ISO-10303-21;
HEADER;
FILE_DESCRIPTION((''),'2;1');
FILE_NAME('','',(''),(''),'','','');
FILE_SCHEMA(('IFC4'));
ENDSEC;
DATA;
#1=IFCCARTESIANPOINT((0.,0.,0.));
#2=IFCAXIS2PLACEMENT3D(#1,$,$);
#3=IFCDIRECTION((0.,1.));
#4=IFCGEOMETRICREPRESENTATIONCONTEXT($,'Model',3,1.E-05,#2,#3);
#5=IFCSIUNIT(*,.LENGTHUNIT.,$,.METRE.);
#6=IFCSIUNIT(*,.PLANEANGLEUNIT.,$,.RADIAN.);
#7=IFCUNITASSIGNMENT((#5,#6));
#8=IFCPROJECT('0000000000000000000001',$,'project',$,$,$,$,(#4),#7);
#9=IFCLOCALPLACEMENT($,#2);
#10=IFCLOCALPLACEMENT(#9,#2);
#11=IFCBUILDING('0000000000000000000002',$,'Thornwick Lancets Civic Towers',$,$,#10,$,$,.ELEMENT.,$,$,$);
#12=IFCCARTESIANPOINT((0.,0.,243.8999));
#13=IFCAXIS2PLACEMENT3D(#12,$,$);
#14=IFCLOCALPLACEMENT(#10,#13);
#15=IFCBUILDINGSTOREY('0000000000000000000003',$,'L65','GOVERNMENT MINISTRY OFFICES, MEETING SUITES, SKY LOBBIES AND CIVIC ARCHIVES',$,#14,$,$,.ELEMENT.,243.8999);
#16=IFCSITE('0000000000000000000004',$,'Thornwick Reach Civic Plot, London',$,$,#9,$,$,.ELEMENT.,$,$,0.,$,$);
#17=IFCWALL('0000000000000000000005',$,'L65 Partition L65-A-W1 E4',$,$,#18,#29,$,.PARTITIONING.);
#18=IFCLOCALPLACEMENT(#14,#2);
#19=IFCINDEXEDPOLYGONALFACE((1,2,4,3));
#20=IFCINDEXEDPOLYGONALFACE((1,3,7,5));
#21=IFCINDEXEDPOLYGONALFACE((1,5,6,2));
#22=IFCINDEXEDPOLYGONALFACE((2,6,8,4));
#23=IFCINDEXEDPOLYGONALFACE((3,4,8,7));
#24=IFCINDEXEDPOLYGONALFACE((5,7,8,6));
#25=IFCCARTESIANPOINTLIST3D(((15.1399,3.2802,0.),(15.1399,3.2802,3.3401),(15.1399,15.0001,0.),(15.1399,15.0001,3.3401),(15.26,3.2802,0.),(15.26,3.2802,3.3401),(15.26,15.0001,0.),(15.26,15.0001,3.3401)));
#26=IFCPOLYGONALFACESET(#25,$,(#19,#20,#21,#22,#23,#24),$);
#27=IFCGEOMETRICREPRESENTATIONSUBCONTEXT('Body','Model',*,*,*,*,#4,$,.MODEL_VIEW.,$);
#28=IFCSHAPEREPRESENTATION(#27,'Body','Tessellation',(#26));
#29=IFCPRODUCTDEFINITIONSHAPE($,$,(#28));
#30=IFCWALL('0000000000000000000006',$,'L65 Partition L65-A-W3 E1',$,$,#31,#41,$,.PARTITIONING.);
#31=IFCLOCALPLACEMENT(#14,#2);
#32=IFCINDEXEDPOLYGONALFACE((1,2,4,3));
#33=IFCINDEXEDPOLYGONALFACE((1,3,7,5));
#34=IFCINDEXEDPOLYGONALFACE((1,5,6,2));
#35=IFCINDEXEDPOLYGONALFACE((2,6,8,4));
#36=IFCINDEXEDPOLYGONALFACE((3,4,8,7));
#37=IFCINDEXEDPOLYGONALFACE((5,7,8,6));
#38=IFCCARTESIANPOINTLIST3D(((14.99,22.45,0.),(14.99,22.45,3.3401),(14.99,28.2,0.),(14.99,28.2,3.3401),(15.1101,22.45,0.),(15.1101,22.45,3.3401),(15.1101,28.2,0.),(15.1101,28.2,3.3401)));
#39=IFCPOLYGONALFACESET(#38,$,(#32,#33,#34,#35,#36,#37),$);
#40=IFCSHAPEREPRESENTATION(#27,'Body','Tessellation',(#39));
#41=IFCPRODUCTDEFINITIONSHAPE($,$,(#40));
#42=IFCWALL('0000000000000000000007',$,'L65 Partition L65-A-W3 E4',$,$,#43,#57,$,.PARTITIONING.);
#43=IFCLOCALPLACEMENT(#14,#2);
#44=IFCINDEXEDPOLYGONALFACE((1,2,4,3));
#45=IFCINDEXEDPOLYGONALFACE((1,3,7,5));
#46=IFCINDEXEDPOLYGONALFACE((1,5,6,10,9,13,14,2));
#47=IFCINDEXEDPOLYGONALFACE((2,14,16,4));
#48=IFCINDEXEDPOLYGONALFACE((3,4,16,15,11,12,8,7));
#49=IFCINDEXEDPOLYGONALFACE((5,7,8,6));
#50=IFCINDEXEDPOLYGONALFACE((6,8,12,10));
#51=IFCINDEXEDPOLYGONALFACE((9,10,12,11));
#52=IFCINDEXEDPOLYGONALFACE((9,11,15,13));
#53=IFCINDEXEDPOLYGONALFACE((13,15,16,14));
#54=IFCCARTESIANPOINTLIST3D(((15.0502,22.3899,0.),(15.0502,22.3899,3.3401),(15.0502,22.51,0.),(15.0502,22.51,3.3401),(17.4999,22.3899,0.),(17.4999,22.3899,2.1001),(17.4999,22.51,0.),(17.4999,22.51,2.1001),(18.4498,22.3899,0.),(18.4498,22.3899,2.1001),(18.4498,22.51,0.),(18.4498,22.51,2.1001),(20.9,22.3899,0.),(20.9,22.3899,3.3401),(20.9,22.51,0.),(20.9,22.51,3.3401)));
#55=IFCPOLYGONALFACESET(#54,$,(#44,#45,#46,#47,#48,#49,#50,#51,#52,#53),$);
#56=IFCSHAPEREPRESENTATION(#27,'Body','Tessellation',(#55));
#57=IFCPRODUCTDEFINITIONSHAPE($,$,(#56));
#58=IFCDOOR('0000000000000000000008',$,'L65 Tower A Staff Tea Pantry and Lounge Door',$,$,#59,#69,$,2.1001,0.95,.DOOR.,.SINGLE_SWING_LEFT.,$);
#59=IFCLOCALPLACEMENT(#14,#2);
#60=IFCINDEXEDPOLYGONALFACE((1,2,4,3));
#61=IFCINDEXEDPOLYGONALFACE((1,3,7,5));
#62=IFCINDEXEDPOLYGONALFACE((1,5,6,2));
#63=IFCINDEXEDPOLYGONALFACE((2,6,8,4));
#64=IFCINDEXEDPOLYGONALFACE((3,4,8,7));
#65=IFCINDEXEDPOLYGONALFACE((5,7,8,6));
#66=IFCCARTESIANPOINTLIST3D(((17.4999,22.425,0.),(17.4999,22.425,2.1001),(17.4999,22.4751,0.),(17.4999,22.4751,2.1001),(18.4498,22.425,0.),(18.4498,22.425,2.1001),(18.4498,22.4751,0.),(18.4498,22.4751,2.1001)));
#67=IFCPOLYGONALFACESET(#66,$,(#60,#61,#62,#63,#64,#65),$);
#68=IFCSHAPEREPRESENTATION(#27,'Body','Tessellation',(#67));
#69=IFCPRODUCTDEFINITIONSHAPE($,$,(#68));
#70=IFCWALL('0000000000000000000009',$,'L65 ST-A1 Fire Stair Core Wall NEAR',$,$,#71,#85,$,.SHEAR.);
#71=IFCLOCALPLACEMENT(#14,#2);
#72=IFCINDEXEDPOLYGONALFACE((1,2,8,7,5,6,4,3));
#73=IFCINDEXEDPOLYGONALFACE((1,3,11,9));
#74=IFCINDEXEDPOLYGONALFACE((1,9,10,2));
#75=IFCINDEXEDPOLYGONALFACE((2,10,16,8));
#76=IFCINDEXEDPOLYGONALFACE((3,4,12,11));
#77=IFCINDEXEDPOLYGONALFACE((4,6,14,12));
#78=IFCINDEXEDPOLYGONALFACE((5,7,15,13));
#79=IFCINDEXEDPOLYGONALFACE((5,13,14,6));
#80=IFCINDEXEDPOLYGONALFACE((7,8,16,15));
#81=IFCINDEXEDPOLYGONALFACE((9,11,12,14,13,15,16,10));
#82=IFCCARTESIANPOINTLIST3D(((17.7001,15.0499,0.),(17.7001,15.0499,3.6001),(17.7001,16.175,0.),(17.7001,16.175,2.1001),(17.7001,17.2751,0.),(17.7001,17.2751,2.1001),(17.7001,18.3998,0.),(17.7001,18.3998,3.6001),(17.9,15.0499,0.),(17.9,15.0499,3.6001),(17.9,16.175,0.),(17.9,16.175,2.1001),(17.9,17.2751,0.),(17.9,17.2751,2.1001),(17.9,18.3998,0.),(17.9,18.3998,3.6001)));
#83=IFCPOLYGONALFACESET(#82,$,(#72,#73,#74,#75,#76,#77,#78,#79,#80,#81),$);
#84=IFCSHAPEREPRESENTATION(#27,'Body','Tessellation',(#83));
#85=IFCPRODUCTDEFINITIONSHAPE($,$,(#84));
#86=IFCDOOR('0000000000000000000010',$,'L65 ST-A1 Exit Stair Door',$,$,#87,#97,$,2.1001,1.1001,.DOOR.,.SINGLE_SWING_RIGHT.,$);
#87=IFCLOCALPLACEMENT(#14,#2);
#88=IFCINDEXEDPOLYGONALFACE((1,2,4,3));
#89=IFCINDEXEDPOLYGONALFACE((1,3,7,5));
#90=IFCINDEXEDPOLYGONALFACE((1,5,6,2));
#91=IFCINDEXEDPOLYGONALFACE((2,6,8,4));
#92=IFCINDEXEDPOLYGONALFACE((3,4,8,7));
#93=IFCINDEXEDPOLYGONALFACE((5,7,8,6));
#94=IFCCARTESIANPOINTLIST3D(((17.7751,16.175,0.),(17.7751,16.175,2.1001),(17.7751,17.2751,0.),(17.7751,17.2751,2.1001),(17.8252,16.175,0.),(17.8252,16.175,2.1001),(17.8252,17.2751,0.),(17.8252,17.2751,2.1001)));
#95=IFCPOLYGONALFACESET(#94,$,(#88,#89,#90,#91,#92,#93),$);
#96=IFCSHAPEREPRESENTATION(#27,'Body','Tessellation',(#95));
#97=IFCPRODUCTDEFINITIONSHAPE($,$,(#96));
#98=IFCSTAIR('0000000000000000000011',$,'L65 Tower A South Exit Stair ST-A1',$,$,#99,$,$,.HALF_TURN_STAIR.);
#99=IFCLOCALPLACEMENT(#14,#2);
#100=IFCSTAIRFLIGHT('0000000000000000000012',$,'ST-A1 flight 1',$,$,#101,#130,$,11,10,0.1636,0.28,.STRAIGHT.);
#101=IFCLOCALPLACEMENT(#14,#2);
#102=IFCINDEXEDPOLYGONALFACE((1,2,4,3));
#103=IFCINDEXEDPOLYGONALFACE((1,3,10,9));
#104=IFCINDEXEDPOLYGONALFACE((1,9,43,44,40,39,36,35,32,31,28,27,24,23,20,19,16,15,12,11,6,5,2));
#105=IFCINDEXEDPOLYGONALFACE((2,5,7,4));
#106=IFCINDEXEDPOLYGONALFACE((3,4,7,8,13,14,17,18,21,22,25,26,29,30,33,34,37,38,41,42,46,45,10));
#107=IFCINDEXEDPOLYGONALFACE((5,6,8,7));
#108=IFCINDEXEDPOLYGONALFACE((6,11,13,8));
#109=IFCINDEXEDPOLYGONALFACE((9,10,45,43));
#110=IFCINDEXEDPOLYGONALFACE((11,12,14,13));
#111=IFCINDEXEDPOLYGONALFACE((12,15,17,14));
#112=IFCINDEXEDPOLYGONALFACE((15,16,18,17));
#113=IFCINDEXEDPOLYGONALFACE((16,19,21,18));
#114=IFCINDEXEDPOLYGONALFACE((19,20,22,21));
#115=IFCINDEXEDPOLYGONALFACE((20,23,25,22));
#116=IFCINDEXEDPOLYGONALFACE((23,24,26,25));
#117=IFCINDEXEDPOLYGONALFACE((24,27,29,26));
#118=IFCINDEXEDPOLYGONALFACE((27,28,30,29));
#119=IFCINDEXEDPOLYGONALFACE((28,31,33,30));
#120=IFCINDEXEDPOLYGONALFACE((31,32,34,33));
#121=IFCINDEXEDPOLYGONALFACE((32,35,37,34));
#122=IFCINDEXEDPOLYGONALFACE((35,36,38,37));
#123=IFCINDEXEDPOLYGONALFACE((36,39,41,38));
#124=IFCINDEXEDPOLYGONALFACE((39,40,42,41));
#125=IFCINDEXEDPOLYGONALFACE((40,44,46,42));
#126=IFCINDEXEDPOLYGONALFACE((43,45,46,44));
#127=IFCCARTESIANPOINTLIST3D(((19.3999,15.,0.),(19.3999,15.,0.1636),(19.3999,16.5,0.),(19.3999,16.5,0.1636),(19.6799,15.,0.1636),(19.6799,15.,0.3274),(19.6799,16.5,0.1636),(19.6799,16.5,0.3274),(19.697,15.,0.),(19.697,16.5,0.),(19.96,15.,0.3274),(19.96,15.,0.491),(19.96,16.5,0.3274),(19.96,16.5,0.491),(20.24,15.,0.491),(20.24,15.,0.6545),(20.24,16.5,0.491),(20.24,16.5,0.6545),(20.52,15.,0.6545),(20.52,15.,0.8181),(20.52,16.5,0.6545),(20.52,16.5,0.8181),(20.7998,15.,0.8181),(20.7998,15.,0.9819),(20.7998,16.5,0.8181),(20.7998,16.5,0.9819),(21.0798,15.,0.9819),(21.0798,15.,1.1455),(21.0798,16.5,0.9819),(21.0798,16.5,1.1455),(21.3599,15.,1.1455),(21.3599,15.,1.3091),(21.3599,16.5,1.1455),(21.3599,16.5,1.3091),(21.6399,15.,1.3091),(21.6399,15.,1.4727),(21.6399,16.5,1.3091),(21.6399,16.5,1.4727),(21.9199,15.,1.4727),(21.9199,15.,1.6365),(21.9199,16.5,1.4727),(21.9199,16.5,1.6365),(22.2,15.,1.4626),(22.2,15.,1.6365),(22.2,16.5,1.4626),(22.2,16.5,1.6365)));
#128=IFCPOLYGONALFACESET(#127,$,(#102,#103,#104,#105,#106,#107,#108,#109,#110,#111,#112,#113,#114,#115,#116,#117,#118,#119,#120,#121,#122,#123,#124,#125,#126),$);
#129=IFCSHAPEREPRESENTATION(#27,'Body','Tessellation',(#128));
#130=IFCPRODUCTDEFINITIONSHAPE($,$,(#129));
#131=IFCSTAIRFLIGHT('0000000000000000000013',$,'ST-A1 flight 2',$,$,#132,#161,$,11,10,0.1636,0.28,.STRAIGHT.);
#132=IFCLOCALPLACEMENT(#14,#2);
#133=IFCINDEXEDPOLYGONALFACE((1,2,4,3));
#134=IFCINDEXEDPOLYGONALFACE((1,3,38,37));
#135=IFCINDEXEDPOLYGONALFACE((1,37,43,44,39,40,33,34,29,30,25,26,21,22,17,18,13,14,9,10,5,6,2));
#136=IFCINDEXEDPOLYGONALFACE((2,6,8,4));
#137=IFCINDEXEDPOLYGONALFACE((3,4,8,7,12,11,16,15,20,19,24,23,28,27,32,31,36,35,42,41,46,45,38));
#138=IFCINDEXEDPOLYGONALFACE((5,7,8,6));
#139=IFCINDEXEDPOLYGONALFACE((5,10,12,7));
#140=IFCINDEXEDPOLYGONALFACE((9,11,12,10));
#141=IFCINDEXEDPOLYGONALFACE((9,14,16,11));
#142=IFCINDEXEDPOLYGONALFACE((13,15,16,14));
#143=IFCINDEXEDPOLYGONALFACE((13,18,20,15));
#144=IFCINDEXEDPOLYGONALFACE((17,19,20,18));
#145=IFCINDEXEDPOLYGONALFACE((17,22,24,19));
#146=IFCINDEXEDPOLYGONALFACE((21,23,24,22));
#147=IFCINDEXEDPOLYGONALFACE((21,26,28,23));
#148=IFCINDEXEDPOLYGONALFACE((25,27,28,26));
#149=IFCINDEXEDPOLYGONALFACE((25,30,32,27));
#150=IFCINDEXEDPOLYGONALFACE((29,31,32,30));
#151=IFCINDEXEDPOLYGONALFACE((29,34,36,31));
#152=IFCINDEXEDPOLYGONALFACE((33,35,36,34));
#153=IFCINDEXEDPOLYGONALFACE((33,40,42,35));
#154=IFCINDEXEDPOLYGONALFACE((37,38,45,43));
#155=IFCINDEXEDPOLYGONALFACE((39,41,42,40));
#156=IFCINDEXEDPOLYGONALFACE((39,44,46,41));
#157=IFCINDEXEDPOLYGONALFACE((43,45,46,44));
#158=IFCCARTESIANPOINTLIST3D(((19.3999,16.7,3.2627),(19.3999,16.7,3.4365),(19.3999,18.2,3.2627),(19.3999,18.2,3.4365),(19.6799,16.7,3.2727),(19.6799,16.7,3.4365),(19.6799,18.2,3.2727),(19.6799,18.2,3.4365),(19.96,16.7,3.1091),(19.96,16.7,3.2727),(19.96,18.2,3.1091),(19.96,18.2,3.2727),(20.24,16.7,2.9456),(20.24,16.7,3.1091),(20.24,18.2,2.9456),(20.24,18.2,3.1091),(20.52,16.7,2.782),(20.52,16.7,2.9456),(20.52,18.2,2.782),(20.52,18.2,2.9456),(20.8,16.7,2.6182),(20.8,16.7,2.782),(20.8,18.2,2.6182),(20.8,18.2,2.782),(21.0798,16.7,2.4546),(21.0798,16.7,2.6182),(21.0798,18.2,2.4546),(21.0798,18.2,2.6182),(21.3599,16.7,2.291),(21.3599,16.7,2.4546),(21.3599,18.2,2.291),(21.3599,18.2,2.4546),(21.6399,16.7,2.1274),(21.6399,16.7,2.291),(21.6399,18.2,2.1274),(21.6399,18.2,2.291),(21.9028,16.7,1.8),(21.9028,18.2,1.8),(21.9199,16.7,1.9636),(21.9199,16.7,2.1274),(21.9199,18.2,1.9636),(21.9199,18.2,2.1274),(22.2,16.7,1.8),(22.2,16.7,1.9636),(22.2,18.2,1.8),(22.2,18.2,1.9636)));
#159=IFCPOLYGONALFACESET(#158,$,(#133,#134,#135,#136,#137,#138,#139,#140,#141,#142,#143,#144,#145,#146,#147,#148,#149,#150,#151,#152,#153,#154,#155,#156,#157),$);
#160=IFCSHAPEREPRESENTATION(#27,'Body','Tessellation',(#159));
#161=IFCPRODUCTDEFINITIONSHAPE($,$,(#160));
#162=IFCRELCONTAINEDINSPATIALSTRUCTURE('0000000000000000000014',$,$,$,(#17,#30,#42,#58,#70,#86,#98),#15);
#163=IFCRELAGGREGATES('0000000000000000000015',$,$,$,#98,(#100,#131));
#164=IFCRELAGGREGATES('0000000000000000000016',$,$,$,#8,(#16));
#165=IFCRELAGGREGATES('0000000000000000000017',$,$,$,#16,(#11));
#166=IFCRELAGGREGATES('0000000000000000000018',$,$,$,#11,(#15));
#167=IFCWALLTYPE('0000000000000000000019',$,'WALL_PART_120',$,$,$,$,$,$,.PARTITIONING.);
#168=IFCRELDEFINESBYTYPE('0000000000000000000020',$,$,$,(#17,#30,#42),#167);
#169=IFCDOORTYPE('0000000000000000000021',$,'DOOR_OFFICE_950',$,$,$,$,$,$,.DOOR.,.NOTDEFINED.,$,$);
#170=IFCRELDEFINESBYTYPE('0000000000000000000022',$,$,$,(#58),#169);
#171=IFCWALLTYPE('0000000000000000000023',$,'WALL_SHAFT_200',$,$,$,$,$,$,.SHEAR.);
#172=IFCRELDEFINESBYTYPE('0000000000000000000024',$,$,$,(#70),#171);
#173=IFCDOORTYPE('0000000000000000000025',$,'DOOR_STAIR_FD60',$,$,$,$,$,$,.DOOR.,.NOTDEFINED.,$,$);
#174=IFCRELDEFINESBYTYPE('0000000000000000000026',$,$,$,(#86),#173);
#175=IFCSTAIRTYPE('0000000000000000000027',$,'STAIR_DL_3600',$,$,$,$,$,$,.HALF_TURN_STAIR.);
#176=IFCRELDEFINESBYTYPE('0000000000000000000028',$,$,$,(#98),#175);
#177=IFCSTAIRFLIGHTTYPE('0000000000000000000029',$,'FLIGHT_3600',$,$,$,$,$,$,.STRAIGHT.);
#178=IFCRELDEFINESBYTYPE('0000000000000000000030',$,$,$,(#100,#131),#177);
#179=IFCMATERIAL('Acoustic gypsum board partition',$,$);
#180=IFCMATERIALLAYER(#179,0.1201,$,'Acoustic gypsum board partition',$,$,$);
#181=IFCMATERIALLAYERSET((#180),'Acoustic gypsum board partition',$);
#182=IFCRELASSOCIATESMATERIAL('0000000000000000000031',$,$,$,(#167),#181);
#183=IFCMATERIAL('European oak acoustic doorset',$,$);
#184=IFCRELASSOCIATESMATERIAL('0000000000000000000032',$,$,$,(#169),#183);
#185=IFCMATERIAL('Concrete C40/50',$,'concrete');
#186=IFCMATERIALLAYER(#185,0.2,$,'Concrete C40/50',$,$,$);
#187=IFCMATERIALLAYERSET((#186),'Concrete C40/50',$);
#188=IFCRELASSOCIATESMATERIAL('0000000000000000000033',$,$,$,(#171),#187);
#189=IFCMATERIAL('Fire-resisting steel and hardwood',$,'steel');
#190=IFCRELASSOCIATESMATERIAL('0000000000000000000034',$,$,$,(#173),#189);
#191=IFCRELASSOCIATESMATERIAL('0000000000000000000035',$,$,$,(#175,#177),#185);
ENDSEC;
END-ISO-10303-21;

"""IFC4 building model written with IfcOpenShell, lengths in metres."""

from ifc_helpers import new_model, si_unit, direction, frame, frame_2d, origin, place, context, subcontext, project, spatial, polyline, rectangle, outline, extrude, material, layer, layer_set, type_object, element, fill, aggregate, save


model = new_model("IFC4")

# Units and contexts
model_context = context("Model", 3, precision=1e-05, world=origin(), true_north=direction((0.0, 1.0)))
body_context = subcontext(model_context, "Body", "Model", "MODEL_VIEW")
ifc_project = project(units=[si_unit("LENGTHUNIT", "METRE"), si_unit("PLANEANGLEUNIT", "RADIAN")], contexts=[model_context])

# Site, building, storey
site_placement = place(None, origin())
site = spatial("IfcSite", under=ifc_project, at=site_placement, Name="Thornwick Reach Civic Plot, London", CompositionType="ELEMENT", RefElevation=0.0)
building_placement = place(site_placement, origin())
building = spatial("IfcBuilding", under=site, at=building_placement, Name="Thornwick Lancets Civic Towers", CompositionType="ELEMENT")
storey_placement = place(building_placement, frame((0.0, 0.0, 243.8999)))
storey = spatial("IfcBuildingStorey", under=building, at=storey_placement, Name="L65", Description="GOVERNMENT MINISTRY OFFICES, MEETING SUITES, SKY LOBBIES AND CIVIC ARCHIVES", CompositionType="ELEMENT", Elevation=243.8999)

# Walls
ifc_material_1 = material(Name="Acoustic gypsum board partition")
ifc_layer_1 = layer(ifc_material_1, 0.1201, Name="Acoustic gypsum board partition")
ifc_layer_set_1 = layer_set([ifc_layer_1], Name="Acoustic gypsum board partition")
wall_type_1 = type_object("IfcWallType", Name="WALL_PART_120", PredefinedType="PARTITIONING", material=ifc_layer_set_1)
wall_1_placement = place(storey_placement, frame((15.2, 15.0, 0.0), z_axis=(0.0, 0.0, 1.0), x_axis=(0.0, -1.0, 0.0)))
element("IfcWall", 1, at=wall_1_placement, inside=storey, type_object=wall_type_1, Name="L65 Partition L65-A-W1 E4", PredefinedType="PARTITIONING", context=body_context, shape_type="SweptSolid", body=[
    extrude(rectangle(XDim=11.72, YDim=0.1201, at=frame_2d((5.8599, 0.0))), origin(), (0.0, 0.0, 1.0), 3.3401),
])
wall_2_placement = place(storey_placement, frame((15.05, 22.45, 0.0), z_axis=(0.0, 0.0, 1.0), x_axis=(0.0, 1.0, 0.0)))
element("IfcWall", 2, at=wall_2_placement, inside=storey, type_object=wall_type_1, Name="L65 Partition L65-A-W3 E1", PredefinedType="PARTITIONING", context=body_context, shape_type="SweptSolid", body=[
    extrude(rectangle(XDim=5.75, YDim=0.1201, at=frame_2d((2.875, 0.0))), origin(), (0.0, 0.0, 1.0), 3.3401),
])

# Walls, openings, doors
wall_3_placement = place(storey_placement, frame((20.8999, 22.45, 0.0), z_axis=(0.0, 0.0, 1.0), x_axis=(-1.0, 0.0, 0.0)))
wall_3 = element("IfcWall", 3, at=wall_3_placement, inside=storey, type_object=wall_type_1, Name="L65 Partition L65-A-W3 E4", PredefinedType="PARTITIONING", context=body_context, shape_type="SweptSolid", body=[
    extrude(rectangle(XDim=5.8499, YDim=0.1201, at=frame_2d((2.9248, 0.0))), origin(), (0.0, 0.0, 1.0), 3.3401),
])
opening_1_placement = place(wall_3_placement, frame((2.45, 0.0, 0.0)))
opening_1 = element("IfcOpeningElement", 4, at=opening_1_placement, cuts=wall_3, PredefinedType="OPENING", context=body_context, shape_type="SweptSolid", body=[
    extrude(rectangle(XDim=0.95, YDim=2.1001, at=frame_2d((0.4751, 1.05))), frame((0.0, 0.0701, 0.0), z_axis=(0.0, -1.0, 0.0), x_axis=(1.0, 0.0, 0.0)), (0.0, 0.0, 1.0), 0.1401),
])
ifc_material_2 = material(Name="European oak acoustic doorset")
door_type_1 = type_object("IfcDoorType", Name="DOOR_OFFICE_950", OperationType="NOTDEFINED", PredefinedType="DOOR", material=ifc_material_2)
door_1_placement = place(opening_1_placement, origin())
door_1 = element("IfcDoor", 5, at=door_1_placement, inside=storey, type_object=door_type_1, Name="L65 Tower A Staff Tea Pantry and Lounge Door", OperationType="SINGLE_SWING_LEFT", OverallHeight=2.1001, OverallWidth=0.95, PredefinedType="DOOR", context=body_context, shape_type="SweptSolid", body=[
    extrude(rectangle(XDim=0.95, YDim=2.1001, at=frame_2d((0.4751, 1.05))), frame((0.0, 0.0249, 0.0), z_axis=(0.0, -1.0, 0.0), x_axis=(1.0, 0.0, 0.0)), (0.0, 0.0, 1.0), 0.05),
])
fill(opening_1, door_1)
ifc_material_3 = material(Name="Concrete C40/50", Category="concrete")
ifc_layer_2 = layer(ifc_material_3, 0.2, Name="Concrete C40/50")
ifc_layer_set_2 = layer_set([ifc_layer_2], Name="Concrete C40/50")
wall_type_2 = type_object("IfcWallType", Name="WALL_SHAFT_200", PredefinedType="SHEAR", material=ifc_layer_set_2)
wall_4_placement = place(storey_placement, frame((17.8, 15.05, 0.0), z_axis=(0.0, 0.0, 1.0), x_axis=(0.0, 1.0, 0.0)))
wall_4 = element("IfcWall", 6, at=wall_4_placement, inside=storey, type_object=wall_type_2, Name="L65 ST-A1 Fire Stair Core Wall NEAR", PredefinedType="SHEAR", context=body_context, shape_type="SweptSolid", body=[
    extrude(rectangle(XDim=3.3499, YDim=0.2, at=frame_2d((1.6748, 0.0))), origin(), (0.0, 0.0, 1.0), 3.6001),
])
opening_2_placement = place(wall_4_placement, frame((1.125, 0.0, 0.0)))
opening_2 = element("IfcOpeningElement", 7, at=opening_2_placement, cuts=wall_4, PredefinedType="OPENING", context=body_context, shape_type="SweptSolid", body=[
    extrude(rectangle(XDim=1.1001, YDim=2.1001, at=frame_2d((0.55, 1.05))), frame((0.0, 0.1099, 0.0), z_axis=(0.0, -1.0, 0.0), x_axis=(1.0, 0.0, 0.0)), (0.0, 0.0, 1.0), 0.22),
])
ifc_material_4 = material(Name="Fire-resisting steel and hardwood", Category="steel")
door_type_2 = type_object("IfcDoorType", Name="DOOR_STAIR_FD60", OperationType="NOTDEFINED", PredefinedType="DOOR", material=ifc_material_4)
door_2_placement = place(opening_2_placement, origin())
door_2 = element("IfcDoor", 8, at=door_2_placement, inside=storey, type_object=door_type_2, Name="L65 ST-A1 Exit Stair Door", OperationType="SINGLE_SWING_RIGHT", OverallHeight=2.1001, OverallWidth=1.1001, PredefinedType="DOOR", context=body_context, shape_type="SweptSolid", body=[
    extrude(rectangle(XDim=1.1001, YDim=2.1001, at=frame_2d((0.55, 1.05))), frame((0.0, 0.0249, 0.0), z_axis=(0.0, -1.0, 0.0), x_axis=(1.0, 0.0, 0.0)), (0.0, 0.0, 1.0), 0.05),
])
fill(opening_2, door_2)

# Stair, stair flights
stair_type = type_object("IfcStairType", Name="STAIR_DL_3600", PredefinedType="HALF_TURN_STAIR", material=ifc_material_3)
stair_placement = place(storey_placement, origin())
stair = element("IfcStair", 9, at=stair_placement, inside=storey, type_object=stair_type, Name="L65 Tower A South Exit Stair ST-A1", PredefinedType="HALF_TURN_STAIR")
stair_flight_type = type_object("IfcStairFlightType", Name="FLIGHT_3600", PredefinedType="STRAIGHT", material=ifc_material_3)
stair_flight_1_placement = place(storey_placement, frame((19.3999, 15.75, 0.0), z_axis=(0.0, 0.0, 1.0), x_axis=(1.0, 0.0, 0.0)))
stair_flight_1 = element("IfcStairFlight", 10, at=stair_flight_1_placement, type_object=stair_flight_type, Name="ST-A1 flight 1", NumberOfRisers=11, NumberOfTreads=10, PredefinedType="STRAIGHT", RiserHeight=0.1636, TreadLength=0.28, context=body_context, shape_type="SweptSolid", body=[
    extrude(outline(polyline([(0.0, 0.0), (0.0, 0.1636), (0.28, 0.1636), (0.28, 0.3274), (0.5601, 0.3274), (0.5601, 0.491), (0.8401, 0.491), (0.8401, 0.6545), (1.1201, 0.6545), (1.1201, 0.8181), (1.3999, 0.8181), (1.3999, 0.9819), (1.6799, 0.9819), (1.6799, 1.1455), (1.96, 1.1455), (1.96, 1.3091), (2.24, 1.3091), (2.24, 1.4727), (2.52, 1.4727), (2.52, 1.6365), (2.8, 1.6365), (2.8, 1.8), (2.8, 1.4626), (0.2971, 0.0), (0.0, 0.0)])), frame((0.0, 0.75, 0.0), z_axis=(0.0, -1.0, 0.0), x_axis=(1.0, 0.0, 0.0)), (0.0, 0.0, 1.0), 1.5),
])
stair_flight_2_placement = place(storey_placement, frame((22.2, 17.45, 1.8), z_axis=(0.0, 0.0, 1.0), x_axis=(-1.0, 0.0, 0.0)))
stair_flight_2 = element("IfcStairFlight", 11, at=stair_flight_2_placement, type_object=stair_flight_type, Name="ST-A1 flight 2", NumberOfRisers=11, NumberOfTreads=10, PredefinedType="STRAIGHT", RiserHeight=0.1636, TreadLength=0.28, context=body_context, shape_type="SweptSolid", body=[
    extrude(outline(polyline([(0.0, 0.0), (0.0, 0.1636), (0.28, 0.1636), (0.28, 0.3274), (0.5601, 0.3274), (0.5601, 0.491), (0.8401, 0.491), (0.8401, 0.6545), (1.1201, 0.6545), (1.1201, 0.8181), (1.3999, 0.8181), (1.3999, 0.9819), (1.6799, 0.9819), (1.6799, 1.1455), (1.96, 1.1455), (1.96, 1.3091), (2.24, 1.3091), (2.24, 1.4727), (2.52, 1.4727), (2.52, 1.6365), (2.8, 1.6365), (2.8, 1.8), (2.8, 1.4626), (0.2971, 0.0), (0.0, 0.0)])), frame((0.0, 0.75, 0.0), z_axis=(0.0, -1.0, 0.0), x_axis=(1.0, 0.0, 0.0)), (0.0, 0.0, 1.0), 1.5),
])
aggregate(stair, [stair_flight_1, stair_flight_2])

save(model, "model.ifc")
